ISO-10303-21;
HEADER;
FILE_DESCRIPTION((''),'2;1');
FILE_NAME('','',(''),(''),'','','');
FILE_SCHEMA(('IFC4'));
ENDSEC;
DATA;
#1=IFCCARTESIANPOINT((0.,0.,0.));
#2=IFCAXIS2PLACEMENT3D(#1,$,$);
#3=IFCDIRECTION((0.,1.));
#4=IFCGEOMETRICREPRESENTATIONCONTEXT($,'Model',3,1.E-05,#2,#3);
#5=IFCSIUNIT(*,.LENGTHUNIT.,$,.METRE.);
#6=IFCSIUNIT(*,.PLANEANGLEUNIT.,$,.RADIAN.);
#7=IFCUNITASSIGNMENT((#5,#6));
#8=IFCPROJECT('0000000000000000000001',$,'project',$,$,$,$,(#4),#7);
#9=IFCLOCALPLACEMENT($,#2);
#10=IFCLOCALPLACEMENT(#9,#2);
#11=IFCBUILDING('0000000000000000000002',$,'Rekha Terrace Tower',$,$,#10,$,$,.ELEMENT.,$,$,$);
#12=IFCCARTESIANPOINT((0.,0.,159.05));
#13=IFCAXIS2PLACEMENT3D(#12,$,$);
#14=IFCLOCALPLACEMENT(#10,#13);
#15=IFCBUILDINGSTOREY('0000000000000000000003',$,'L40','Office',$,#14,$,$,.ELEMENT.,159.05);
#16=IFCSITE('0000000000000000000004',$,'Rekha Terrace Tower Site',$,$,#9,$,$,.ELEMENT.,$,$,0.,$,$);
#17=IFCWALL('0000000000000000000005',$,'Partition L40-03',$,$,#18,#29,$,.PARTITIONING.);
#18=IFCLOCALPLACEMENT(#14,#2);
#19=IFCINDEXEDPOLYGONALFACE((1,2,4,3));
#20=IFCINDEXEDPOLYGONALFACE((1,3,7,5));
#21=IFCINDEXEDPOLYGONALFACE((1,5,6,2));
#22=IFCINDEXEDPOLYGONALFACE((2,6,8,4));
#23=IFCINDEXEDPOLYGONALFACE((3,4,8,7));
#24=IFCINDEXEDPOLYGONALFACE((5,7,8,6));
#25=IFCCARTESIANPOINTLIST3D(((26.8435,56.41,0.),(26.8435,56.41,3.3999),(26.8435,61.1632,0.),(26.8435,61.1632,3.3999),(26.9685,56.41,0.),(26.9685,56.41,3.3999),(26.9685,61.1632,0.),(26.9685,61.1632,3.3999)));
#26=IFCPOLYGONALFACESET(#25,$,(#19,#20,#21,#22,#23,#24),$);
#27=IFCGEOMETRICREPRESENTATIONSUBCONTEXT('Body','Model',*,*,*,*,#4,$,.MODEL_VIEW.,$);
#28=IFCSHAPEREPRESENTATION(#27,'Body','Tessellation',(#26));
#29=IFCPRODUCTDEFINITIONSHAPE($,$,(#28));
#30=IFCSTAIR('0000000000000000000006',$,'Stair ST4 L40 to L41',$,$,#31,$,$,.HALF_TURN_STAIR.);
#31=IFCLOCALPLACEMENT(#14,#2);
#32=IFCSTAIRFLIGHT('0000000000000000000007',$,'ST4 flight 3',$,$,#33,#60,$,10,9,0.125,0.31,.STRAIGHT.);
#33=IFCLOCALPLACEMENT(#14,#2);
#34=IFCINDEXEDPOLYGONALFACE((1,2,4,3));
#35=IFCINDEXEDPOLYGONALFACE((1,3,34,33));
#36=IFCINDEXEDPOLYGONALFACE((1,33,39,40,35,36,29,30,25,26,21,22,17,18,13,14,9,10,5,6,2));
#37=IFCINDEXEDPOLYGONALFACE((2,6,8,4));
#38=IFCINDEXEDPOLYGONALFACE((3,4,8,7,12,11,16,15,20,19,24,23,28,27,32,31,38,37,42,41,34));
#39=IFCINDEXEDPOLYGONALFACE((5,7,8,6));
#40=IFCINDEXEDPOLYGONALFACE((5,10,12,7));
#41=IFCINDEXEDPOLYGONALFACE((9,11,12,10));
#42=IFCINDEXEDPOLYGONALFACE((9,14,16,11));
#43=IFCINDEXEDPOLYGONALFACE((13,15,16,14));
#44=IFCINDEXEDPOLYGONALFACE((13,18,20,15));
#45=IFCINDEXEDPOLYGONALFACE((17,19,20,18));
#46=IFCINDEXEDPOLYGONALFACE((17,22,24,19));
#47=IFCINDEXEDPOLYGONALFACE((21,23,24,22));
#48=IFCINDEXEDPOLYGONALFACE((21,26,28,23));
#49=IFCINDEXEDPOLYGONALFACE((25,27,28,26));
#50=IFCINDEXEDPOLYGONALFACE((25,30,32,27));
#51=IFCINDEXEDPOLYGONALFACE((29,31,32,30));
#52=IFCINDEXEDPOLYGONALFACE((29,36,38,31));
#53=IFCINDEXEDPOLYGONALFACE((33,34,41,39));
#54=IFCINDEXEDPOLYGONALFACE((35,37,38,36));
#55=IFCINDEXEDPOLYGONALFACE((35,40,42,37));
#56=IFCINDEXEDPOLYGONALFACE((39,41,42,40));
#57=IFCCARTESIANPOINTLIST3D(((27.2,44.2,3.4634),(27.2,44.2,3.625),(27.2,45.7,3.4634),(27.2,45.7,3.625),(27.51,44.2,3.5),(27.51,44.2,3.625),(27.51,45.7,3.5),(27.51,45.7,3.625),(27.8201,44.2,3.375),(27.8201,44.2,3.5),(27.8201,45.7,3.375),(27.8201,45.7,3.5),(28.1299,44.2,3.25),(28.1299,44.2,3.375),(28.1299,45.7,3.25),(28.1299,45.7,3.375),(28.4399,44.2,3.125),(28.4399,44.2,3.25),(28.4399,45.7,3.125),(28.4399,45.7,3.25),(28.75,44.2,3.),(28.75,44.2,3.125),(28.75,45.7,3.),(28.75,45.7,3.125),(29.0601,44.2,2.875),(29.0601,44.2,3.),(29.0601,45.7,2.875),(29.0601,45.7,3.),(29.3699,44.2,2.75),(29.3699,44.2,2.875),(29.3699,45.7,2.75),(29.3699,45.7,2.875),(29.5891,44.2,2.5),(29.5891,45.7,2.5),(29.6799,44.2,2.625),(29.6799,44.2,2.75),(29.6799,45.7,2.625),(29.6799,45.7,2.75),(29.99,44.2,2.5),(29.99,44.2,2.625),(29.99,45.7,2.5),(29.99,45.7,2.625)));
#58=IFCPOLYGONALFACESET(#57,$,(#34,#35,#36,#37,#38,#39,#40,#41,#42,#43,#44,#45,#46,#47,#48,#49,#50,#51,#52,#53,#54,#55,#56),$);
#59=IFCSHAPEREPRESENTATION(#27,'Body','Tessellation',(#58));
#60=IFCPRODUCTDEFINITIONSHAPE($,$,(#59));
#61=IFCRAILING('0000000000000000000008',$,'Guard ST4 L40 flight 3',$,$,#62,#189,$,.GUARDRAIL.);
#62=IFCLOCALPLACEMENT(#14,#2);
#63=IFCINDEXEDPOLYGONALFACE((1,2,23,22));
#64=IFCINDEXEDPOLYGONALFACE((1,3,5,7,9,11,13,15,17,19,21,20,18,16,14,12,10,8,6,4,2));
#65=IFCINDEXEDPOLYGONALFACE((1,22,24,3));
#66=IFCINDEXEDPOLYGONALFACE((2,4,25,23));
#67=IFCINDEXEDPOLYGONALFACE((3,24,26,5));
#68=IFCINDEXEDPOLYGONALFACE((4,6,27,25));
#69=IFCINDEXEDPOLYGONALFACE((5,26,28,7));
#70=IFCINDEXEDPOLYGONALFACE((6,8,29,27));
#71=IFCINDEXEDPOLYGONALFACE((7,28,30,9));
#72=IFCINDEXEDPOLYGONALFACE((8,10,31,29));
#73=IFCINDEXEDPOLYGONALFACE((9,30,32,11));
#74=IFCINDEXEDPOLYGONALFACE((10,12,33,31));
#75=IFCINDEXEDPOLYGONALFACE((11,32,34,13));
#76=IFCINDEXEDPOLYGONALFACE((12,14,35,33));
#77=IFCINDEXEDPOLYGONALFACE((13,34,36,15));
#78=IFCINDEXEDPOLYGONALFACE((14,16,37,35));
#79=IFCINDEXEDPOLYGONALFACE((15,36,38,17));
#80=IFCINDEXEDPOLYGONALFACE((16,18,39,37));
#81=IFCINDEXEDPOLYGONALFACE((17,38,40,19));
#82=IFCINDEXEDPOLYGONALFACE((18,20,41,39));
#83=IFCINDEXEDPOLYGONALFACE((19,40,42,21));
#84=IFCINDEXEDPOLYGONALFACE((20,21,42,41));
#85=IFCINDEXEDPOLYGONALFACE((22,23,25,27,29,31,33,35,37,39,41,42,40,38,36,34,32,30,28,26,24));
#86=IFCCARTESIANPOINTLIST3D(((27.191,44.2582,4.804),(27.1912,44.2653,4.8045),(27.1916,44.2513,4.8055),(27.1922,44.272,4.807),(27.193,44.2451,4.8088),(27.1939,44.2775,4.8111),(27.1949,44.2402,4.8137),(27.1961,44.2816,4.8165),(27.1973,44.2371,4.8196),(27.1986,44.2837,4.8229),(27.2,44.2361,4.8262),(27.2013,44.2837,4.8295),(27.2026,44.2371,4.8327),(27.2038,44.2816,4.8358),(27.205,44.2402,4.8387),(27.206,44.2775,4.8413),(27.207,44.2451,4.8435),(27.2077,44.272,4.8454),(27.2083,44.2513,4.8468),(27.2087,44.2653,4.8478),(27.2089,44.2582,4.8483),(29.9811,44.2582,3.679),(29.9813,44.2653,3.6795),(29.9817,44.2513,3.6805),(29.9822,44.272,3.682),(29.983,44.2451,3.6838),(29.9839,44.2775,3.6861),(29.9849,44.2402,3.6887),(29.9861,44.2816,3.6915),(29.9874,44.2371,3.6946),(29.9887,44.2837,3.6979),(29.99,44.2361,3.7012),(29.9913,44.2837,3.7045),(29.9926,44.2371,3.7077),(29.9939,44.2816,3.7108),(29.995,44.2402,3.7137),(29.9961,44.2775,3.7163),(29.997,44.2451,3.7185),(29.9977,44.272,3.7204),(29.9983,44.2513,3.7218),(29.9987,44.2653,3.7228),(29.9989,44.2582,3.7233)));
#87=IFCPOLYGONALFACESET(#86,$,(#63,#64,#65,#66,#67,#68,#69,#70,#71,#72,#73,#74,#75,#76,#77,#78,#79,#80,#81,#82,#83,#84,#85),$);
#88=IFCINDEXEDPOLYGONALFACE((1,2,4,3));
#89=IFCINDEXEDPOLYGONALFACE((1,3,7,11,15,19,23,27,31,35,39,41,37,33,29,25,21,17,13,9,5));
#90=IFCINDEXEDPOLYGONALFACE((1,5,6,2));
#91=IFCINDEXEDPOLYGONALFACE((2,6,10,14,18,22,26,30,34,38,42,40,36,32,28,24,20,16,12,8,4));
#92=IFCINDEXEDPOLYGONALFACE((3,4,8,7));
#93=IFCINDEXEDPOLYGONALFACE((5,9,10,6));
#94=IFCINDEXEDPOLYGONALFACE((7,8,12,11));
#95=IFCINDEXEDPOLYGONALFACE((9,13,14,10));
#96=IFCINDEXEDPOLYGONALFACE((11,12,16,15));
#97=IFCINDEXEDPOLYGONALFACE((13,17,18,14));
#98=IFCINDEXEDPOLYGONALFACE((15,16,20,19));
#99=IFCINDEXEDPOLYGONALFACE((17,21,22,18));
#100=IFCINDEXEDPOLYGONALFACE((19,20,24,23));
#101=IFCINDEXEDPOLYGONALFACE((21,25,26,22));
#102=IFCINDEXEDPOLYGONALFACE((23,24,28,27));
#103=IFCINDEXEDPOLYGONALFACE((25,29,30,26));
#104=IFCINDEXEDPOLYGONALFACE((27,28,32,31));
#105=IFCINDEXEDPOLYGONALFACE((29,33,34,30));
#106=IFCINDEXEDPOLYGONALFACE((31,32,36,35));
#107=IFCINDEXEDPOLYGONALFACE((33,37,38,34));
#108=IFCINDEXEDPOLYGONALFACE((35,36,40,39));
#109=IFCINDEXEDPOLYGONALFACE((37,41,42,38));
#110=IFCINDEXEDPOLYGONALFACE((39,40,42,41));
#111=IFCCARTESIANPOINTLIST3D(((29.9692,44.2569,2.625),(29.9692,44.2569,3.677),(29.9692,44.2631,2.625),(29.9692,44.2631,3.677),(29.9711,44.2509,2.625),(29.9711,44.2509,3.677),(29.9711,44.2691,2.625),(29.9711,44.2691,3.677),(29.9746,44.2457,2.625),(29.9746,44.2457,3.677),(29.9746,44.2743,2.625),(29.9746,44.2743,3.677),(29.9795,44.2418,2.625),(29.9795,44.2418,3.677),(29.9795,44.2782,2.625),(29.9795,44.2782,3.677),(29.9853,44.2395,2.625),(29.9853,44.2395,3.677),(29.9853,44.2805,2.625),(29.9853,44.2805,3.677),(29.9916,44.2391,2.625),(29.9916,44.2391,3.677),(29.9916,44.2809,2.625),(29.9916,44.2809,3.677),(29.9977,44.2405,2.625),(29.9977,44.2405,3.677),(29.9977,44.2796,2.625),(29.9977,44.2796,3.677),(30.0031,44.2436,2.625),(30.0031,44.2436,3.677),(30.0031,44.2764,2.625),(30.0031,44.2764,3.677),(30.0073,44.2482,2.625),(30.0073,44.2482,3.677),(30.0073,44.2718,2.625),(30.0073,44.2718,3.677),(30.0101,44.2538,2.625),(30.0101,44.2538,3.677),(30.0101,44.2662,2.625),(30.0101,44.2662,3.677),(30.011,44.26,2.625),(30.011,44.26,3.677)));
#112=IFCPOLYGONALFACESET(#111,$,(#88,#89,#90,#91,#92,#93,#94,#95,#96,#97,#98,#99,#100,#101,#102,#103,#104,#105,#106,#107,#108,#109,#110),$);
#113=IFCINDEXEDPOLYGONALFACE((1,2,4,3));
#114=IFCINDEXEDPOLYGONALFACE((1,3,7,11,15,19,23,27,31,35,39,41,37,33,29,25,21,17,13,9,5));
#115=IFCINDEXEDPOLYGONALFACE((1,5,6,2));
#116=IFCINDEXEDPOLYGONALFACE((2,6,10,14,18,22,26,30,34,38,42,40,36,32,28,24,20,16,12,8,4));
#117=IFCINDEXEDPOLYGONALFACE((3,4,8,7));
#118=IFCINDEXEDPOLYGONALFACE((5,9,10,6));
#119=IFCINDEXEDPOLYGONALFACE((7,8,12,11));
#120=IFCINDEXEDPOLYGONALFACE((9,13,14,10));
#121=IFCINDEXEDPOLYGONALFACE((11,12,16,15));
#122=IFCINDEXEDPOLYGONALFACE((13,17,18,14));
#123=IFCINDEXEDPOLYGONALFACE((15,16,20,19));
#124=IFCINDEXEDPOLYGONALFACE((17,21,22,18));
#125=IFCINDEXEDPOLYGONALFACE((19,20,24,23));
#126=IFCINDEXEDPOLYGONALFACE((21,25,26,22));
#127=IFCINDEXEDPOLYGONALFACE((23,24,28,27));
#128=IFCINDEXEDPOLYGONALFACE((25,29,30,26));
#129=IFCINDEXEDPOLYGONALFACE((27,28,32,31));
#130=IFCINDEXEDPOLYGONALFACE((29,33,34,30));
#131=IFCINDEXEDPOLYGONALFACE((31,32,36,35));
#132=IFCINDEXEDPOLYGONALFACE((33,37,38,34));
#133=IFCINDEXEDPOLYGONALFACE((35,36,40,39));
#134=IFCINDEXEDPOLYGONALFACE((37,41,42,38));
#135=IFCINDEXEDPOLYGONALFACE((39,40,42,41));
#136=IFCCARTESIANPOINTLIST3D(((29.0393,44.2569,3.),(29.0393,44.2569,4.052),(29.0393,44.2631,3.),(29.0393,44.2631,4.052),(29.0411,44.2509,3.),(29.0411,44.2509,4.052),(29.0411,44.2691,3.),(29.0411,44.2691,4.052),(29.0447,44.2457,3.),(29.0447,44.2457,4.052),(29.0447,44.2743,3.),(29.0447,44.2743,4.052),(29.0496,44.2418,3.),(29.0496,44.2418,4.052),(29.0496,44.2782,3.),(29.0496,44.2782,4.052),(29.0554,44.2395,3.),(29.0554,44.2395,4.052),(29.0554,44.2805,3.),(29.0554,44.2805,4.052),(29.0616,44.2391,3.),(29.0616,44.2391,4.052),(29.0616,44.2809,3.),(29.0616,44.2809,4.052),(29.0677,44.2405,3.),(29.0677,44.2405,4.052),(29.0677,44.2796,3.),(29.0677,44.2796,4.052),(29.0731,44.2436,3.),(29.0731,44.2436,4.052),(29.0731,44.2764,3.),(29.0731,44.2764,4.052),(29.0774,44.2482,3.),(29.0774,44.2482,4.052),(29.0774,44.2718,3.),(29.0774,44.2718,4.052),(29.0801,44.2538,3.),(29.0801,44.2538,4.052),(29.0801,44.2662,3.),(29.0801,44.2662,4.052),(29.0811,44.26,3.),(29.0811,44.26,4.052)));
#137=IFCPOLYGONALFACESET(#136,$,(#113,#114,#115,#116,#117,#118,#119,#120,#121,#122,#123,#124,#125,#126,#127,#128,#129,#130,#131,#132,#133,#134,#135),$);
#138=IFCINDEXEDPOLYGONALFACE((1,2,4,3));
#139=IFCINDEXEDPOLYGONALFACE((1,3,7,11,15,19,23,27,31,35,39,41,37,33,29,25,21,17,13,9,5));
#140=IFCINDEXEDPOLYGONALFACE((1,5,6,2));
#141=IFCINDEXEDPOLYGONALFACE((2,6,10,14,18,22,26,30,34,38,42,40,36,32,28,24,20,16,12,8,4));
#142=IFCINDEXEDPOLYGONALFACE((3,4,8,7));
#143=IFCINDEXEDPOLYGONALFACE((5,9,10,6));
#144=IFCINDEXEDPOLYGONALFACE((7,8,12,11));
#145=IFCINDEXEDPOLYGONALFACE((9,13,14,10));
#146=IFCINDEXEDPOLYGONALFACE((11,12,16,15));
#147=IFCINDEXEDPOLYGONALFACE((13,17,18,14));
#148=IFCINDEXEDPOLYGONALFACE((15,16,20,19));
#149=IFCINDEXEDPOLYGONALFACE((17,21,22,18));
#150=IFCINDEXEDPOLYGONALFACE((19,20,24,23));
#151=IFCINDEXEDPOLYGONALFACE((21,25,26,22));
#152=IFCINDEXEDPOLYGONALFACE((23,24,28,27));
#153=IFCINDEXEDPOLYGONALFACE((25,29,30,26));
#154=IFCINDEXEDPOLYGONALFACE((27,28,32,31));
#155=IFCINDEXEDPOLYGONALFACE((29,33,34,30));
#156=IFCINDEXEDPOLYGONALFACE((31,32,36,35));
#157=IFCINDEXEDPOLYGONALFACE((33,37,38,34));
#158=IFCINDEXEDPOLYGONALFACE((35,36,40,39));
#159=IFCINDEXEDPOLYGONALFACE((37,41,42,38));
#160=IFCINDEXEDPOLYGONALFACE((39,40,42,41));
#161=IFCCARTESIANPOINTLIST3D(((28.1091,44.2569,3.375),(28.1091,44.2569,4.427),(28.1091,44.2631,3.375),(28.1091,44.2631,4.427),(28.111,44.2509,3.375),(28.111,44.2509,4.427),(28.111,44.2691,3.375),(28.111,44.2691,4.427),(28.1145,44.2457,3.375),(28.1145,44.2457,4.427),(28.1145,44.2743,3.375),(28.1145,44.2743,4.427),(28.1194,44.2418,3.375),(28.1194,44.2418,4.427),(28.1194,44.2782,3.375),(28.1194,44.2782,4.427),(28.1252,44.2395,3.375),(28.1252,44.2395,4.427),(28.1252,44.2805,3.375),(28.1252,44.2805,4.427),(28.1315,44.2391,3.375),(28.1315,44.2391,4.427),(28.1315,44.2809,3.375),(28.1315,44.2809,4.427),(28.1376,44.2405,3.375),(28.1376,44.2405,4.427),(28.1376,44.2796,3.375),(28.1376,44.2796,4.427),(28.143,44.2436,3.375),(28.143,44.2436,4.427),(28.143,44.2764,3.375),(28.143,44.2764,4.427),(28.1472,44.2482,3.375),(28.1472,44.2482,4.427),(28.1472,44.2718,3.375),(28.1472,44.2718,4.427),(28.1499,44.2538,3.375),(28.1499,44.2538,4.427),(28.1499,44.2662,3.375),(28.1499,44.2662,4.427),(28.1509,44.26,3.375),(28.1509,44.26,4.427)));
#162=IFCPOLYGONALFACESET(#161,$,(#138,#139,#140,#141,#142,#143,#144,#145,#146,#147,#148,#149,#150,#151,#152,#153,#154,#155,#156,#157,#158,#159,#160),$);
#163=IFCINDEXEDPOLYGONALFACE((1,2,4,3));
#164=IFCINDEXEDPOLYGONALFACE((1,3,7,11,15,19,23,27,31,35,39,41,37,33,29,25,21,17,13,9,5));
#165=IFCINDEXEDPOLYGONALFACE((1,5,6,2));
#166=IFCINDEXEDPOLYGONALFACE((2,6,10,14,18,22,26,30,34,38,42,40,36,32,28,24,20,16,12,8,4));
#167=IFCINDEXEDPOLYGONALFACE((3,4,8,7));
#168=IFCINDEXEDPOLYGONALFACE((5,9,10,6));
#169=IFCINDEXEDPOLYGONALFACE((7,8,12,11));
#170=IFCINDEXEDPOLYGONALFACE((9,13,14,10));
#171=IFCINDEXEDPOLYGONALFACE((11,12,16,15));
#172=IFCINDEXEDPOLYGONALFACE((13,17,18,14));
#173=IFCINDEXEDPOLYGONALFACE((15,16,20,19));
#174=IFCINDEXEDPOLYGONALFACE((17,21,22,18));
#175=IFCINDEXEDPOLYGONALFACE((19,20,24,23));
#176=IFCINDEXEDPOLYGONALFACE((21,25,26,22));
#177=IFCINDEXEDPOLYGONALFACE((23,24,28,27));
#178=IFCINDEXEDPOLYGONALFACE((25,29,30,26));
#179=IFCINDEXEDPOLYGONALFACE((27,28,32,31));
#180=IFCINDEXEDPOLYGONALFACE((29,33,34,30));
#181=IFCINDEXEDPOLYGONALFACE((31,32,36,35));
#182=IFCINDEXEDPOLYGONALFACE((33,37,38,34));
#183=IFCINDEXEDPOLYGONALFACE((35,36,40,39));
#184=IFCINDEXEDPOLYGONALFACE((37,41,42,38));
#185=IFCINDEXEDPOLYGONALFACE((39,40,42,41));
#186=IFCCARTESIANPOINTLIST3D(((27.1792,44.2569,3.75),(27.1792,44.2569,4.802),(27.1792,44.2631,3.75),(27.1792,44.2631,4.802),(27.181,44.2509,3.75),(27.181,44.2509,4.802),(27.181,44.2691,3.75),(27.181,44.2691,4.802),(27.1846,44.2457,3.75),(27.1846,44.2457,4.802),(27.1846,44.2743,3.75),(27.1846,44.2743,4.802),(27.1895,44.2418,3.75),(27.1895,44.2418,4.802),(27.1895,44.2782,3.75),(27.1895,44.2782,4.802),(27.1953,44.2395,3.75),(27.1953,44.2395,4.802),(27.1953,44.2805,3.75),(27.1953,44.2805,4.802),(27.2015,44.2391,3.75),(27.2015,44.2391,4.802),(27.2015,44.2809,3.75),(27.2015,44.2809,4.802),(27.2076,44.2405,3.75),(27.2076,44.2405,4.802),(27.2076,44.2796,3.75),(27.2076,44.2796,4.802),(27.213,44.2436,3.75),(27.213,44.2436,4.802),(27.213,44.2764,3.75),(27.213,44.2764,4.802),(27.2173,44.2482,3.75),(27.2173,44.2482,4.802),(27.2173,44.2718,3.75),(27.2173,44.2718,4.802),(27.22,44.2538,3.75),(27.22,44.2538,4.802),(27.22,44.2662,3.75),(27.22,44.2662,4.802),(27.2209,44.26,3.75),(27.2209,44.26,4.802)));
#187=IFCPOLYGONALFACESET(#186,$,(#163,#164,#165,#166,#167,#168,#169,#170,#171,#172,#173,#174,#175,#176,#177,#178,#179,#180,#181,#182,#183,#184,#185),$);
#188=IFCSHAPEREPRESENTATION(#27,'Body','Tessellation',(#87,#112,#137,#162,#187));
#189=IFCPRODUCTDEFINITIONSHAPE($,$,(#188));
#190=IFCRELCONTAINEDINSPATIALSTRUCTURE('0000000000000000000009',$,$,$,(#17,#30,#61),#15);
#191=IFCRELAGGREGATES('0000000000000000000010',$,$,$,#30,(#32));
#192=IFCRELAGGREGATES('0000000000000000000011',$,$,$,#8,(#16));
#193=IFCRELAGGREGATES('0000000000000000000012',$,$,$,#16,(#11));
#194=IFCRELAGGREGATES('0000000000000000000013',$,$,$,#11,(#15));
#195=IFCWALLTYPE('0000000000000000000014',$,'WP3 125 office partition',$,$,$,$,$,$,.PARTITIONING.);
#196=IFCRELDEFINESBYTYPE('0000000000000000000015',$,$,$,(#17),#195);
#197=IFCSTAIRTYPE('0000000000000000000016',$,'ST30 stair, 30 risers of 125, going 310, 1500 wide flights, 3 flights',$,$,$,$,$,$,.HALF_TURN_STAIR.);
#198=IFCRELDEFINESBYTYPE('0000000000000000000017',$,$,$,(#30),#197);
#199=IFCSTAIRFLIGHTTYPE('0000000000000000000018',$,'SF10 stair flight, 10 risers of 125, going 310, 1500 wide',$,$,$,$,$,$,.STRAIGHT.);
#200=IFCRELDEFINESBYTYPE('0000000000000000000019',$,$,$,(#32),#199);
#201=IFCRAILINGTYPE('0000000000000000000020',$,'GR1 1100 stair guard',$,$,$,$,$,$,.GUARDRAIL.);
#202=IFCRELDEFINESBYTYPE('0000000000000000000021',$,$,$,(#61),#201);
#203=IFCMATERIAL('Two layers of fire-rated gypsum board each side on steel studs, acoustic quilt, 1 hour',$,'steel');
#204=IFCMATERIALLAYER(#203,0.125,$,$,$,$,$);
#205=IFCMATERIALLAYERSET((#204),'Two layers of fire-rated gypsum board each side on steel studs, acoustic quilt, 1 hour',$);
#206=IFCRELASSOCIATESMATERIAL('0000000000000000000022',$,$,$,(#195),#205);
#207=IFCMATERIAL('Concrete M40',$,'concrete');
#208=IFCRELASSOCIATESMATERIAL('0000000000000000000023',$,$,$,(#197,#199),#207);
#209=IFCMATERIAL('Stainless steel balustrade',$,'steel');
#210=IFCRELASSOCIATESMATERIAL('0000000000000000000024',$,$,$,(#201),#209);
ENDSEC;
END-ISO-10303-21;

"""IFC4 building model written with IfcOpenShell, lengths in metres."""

from ifc_helpers import new_model, si_unit, direction, frame, frame_2d, origin, origin_2d, place, context, subcontext, project, spatial, polyline, rectangle, circle, outline, extrude, material, layer, layer_set, type_object, element, aggregate, save


model = new_model("IFC4")

# Units and contexts
model_context = context("Model", 3, precision=1e-05, world=origin(), true_north=direction((0.0, 1.0)))
body_context = subcontext(model_context, "Body", "Model", "MODEL_VIEW")
ifc_project = project(units=[si_unit("LENGTHUNIT", "METRE"), si_unit("PLANEANGLEUNIT", "RADIAN")], contexts=[model_context])

# Site, building, storey
site_placement = place(None, origin())
site = spatial("IfcSite", under=ifc_project, at=site_placement, Name="Rekha Terrace Tower Site", CompositionType="ELEMENT", RefElevation=0.0)
building_placement = place(site_placement, origin())
building = spatial("IfcBuilding", under=site, at=building_placement, Name="Rekha Terrace Tower", CompositionType="ELEMENT")
storey_placement = place(building_placement, frame((0.0, 0.0, 159.05)))
storey = spatial("IfcBuildingStorey", under=building, at=storey_placement, Name="L40", Description="Office", CompositionType="ELEMENT", Elevation=159.05)

# Shared definitions
ifc_material_1 = material(Name="Two layers of fire-rated gypsum board each side on steel studs, acoustic quilt, 1 hour", Category="steel")
ifc_layer_1 = layer(ifc_material_1, 0.125)
ifc_layer_set_1 = layer_set([ifc_layer_1], Name="Two layers of fire-rated gypsum board each side on steel studs, acoustic quilt, 1 hour")
wall_type_1 = type_object("IfcWallType", Name="WP3 125 office partition", PredefinedType="PARTITIONING", material=ifc_layer_set_1)

# Wall
wall_1_placement = place(storey_placement, frame((26.906, 61.1631, 0.0), z_axis=(0.0, 0.0, 1.0), x_axis=(0.0, -1.0, 0.0)))
element("IfcWall", 1, at=wall_1_placement, inside=storey, type_object=wall_type_1, Name="Partition L40-03", PredefinedType="PARTITIONING", context=body_context, shape_type="SweptSolid", body=[
    extrude(rectangle(XDim=4.7532, YDim=0.125, at=frame_2d((2.3765, 0.0))), origin(), (0.0, 0.0, 1.0), 3.3999),
])

# Stair, stair flight
ifc_material_2 = material(Name="Concrete M40", Category="concrete")
stair_type = type_object("IfcStairType", Name="ST30 stair, 30 risers of 125, going 310, 1500 wide flights, 3 flights", PredefinedType="HALF_TURN_STAIR", material=ifc_material_2)
stair_placement = place(storey_placement, origin())
stair = element("IfcStair", 2, at=stair_placement, inside=storey, type_object=stair_type, Name="Stair ST4 L40 to L41", PredefinedType="HALF_TURN_STAIR")
stair_flight_type = type_object("IfcStairFlightType", Name="SF10 stair flight, 10 risers of 125, going 310, 1500 wide", PredefinedType="STRAIGHT", material=ifc_material_2)
stair_flight_placement = place(storey_placement, frame((29.99, 44.95, 2.5), z_axis=(0.0, 0.0, 1.0), x_axis=(-1.0, 0.0, 0.0)))
stair_flight = element("IfcStairFlight", 3, at=stair_flight_placement, type_object=stair_flight_type, Name="ST4 flight 3", NumberOfRisers=10, NumberOfTreads=9, PredefinedType="STRAIGHT", RiserHeight=0.125, TreadLength=0.31, context=body_context, shape_type="SweptSolid", body=[
    extrude(outline(polyline([(0.0, 0.0), (0.0, 0.125), (0.3101, 0.125), (0.3101, 0.25), (0.6201, 0.25), (0.6201, 0.375), (0.9299, 0.375), (0.9299, 0.5), (1.24, 0.5), (1.24, 0.625), (1.55, 0.625), (1.55, 0.75), (1.8601, 0.75), (1.8601, 0.875), (2.1699, 0.875), (2.1699, 1.0), (2.48, 1.0), (2.48, 1.125), (2.79, 1.125), (2.79, 1.25), (2.79, 0.9634), (0.4009, 0.0), (0.0, 0.0)])), frame((0.0, 0.75, 0.0), z_axis=(0.0, -1.0, 0.0), x_axis=(1.0, 0.0, 0.0)), (0.0, 0.0, 1.0), 1.5),
])
aggregate(stair, [stair_flight])

# Railing
ifc_material_3 = material(Name="Stainless steel balustrade", Category="steel")
railing_type_1 = type_object("IfcRailingType", Name="GR1 1100 stair guard", PredefinedType="GUARDRAIL", material=ifc_material_3)
railing_1_placement = place(storey_placement, frame((29.99, 44.26, 2.625)))
element("IfcRailing", 4, at=railing_1_placement, inside=storey, type_object=railing_type_1, Name="Guard ST4 L40 flight 3", PredefinedType="GUARDRAIL", context=body_context, shape_type="SweptSolid", body=[
    extrude(circle(Radius=0.0239, at=origin_2d()), frame((0.0, 0.0, 1.0762), z_axis=(-0.927443, 0.0, 0.373964), x_axis=(0.0, -1.0, 0.0)), (0.0, 0.0, 1.0), 3.0083),
    extrude(circle(Radius=0.021, at=origin_2d()), origin(), (0.0, 0.0, 1.0), 1.052),
    extrude(circle(Radius=0.021, at=origin_2d()), frame((-0.9299, 0.0, 0.375)), (0.0, 0.0, 1.0), 1.052),
    extrude(circle(Radius=0.021, at=origin_2d()), frame((-1.8601, 0.0, 0.75)), (0.0, 0.0, 1.0), 1.052),
    extrude(circle(Radius=0.021, at=origin_2d()), frame((-2.79, 0.0, 1.125)), (0.0, 0.0, 1.0), 1.052),
])

save(model, "model.ifc")
